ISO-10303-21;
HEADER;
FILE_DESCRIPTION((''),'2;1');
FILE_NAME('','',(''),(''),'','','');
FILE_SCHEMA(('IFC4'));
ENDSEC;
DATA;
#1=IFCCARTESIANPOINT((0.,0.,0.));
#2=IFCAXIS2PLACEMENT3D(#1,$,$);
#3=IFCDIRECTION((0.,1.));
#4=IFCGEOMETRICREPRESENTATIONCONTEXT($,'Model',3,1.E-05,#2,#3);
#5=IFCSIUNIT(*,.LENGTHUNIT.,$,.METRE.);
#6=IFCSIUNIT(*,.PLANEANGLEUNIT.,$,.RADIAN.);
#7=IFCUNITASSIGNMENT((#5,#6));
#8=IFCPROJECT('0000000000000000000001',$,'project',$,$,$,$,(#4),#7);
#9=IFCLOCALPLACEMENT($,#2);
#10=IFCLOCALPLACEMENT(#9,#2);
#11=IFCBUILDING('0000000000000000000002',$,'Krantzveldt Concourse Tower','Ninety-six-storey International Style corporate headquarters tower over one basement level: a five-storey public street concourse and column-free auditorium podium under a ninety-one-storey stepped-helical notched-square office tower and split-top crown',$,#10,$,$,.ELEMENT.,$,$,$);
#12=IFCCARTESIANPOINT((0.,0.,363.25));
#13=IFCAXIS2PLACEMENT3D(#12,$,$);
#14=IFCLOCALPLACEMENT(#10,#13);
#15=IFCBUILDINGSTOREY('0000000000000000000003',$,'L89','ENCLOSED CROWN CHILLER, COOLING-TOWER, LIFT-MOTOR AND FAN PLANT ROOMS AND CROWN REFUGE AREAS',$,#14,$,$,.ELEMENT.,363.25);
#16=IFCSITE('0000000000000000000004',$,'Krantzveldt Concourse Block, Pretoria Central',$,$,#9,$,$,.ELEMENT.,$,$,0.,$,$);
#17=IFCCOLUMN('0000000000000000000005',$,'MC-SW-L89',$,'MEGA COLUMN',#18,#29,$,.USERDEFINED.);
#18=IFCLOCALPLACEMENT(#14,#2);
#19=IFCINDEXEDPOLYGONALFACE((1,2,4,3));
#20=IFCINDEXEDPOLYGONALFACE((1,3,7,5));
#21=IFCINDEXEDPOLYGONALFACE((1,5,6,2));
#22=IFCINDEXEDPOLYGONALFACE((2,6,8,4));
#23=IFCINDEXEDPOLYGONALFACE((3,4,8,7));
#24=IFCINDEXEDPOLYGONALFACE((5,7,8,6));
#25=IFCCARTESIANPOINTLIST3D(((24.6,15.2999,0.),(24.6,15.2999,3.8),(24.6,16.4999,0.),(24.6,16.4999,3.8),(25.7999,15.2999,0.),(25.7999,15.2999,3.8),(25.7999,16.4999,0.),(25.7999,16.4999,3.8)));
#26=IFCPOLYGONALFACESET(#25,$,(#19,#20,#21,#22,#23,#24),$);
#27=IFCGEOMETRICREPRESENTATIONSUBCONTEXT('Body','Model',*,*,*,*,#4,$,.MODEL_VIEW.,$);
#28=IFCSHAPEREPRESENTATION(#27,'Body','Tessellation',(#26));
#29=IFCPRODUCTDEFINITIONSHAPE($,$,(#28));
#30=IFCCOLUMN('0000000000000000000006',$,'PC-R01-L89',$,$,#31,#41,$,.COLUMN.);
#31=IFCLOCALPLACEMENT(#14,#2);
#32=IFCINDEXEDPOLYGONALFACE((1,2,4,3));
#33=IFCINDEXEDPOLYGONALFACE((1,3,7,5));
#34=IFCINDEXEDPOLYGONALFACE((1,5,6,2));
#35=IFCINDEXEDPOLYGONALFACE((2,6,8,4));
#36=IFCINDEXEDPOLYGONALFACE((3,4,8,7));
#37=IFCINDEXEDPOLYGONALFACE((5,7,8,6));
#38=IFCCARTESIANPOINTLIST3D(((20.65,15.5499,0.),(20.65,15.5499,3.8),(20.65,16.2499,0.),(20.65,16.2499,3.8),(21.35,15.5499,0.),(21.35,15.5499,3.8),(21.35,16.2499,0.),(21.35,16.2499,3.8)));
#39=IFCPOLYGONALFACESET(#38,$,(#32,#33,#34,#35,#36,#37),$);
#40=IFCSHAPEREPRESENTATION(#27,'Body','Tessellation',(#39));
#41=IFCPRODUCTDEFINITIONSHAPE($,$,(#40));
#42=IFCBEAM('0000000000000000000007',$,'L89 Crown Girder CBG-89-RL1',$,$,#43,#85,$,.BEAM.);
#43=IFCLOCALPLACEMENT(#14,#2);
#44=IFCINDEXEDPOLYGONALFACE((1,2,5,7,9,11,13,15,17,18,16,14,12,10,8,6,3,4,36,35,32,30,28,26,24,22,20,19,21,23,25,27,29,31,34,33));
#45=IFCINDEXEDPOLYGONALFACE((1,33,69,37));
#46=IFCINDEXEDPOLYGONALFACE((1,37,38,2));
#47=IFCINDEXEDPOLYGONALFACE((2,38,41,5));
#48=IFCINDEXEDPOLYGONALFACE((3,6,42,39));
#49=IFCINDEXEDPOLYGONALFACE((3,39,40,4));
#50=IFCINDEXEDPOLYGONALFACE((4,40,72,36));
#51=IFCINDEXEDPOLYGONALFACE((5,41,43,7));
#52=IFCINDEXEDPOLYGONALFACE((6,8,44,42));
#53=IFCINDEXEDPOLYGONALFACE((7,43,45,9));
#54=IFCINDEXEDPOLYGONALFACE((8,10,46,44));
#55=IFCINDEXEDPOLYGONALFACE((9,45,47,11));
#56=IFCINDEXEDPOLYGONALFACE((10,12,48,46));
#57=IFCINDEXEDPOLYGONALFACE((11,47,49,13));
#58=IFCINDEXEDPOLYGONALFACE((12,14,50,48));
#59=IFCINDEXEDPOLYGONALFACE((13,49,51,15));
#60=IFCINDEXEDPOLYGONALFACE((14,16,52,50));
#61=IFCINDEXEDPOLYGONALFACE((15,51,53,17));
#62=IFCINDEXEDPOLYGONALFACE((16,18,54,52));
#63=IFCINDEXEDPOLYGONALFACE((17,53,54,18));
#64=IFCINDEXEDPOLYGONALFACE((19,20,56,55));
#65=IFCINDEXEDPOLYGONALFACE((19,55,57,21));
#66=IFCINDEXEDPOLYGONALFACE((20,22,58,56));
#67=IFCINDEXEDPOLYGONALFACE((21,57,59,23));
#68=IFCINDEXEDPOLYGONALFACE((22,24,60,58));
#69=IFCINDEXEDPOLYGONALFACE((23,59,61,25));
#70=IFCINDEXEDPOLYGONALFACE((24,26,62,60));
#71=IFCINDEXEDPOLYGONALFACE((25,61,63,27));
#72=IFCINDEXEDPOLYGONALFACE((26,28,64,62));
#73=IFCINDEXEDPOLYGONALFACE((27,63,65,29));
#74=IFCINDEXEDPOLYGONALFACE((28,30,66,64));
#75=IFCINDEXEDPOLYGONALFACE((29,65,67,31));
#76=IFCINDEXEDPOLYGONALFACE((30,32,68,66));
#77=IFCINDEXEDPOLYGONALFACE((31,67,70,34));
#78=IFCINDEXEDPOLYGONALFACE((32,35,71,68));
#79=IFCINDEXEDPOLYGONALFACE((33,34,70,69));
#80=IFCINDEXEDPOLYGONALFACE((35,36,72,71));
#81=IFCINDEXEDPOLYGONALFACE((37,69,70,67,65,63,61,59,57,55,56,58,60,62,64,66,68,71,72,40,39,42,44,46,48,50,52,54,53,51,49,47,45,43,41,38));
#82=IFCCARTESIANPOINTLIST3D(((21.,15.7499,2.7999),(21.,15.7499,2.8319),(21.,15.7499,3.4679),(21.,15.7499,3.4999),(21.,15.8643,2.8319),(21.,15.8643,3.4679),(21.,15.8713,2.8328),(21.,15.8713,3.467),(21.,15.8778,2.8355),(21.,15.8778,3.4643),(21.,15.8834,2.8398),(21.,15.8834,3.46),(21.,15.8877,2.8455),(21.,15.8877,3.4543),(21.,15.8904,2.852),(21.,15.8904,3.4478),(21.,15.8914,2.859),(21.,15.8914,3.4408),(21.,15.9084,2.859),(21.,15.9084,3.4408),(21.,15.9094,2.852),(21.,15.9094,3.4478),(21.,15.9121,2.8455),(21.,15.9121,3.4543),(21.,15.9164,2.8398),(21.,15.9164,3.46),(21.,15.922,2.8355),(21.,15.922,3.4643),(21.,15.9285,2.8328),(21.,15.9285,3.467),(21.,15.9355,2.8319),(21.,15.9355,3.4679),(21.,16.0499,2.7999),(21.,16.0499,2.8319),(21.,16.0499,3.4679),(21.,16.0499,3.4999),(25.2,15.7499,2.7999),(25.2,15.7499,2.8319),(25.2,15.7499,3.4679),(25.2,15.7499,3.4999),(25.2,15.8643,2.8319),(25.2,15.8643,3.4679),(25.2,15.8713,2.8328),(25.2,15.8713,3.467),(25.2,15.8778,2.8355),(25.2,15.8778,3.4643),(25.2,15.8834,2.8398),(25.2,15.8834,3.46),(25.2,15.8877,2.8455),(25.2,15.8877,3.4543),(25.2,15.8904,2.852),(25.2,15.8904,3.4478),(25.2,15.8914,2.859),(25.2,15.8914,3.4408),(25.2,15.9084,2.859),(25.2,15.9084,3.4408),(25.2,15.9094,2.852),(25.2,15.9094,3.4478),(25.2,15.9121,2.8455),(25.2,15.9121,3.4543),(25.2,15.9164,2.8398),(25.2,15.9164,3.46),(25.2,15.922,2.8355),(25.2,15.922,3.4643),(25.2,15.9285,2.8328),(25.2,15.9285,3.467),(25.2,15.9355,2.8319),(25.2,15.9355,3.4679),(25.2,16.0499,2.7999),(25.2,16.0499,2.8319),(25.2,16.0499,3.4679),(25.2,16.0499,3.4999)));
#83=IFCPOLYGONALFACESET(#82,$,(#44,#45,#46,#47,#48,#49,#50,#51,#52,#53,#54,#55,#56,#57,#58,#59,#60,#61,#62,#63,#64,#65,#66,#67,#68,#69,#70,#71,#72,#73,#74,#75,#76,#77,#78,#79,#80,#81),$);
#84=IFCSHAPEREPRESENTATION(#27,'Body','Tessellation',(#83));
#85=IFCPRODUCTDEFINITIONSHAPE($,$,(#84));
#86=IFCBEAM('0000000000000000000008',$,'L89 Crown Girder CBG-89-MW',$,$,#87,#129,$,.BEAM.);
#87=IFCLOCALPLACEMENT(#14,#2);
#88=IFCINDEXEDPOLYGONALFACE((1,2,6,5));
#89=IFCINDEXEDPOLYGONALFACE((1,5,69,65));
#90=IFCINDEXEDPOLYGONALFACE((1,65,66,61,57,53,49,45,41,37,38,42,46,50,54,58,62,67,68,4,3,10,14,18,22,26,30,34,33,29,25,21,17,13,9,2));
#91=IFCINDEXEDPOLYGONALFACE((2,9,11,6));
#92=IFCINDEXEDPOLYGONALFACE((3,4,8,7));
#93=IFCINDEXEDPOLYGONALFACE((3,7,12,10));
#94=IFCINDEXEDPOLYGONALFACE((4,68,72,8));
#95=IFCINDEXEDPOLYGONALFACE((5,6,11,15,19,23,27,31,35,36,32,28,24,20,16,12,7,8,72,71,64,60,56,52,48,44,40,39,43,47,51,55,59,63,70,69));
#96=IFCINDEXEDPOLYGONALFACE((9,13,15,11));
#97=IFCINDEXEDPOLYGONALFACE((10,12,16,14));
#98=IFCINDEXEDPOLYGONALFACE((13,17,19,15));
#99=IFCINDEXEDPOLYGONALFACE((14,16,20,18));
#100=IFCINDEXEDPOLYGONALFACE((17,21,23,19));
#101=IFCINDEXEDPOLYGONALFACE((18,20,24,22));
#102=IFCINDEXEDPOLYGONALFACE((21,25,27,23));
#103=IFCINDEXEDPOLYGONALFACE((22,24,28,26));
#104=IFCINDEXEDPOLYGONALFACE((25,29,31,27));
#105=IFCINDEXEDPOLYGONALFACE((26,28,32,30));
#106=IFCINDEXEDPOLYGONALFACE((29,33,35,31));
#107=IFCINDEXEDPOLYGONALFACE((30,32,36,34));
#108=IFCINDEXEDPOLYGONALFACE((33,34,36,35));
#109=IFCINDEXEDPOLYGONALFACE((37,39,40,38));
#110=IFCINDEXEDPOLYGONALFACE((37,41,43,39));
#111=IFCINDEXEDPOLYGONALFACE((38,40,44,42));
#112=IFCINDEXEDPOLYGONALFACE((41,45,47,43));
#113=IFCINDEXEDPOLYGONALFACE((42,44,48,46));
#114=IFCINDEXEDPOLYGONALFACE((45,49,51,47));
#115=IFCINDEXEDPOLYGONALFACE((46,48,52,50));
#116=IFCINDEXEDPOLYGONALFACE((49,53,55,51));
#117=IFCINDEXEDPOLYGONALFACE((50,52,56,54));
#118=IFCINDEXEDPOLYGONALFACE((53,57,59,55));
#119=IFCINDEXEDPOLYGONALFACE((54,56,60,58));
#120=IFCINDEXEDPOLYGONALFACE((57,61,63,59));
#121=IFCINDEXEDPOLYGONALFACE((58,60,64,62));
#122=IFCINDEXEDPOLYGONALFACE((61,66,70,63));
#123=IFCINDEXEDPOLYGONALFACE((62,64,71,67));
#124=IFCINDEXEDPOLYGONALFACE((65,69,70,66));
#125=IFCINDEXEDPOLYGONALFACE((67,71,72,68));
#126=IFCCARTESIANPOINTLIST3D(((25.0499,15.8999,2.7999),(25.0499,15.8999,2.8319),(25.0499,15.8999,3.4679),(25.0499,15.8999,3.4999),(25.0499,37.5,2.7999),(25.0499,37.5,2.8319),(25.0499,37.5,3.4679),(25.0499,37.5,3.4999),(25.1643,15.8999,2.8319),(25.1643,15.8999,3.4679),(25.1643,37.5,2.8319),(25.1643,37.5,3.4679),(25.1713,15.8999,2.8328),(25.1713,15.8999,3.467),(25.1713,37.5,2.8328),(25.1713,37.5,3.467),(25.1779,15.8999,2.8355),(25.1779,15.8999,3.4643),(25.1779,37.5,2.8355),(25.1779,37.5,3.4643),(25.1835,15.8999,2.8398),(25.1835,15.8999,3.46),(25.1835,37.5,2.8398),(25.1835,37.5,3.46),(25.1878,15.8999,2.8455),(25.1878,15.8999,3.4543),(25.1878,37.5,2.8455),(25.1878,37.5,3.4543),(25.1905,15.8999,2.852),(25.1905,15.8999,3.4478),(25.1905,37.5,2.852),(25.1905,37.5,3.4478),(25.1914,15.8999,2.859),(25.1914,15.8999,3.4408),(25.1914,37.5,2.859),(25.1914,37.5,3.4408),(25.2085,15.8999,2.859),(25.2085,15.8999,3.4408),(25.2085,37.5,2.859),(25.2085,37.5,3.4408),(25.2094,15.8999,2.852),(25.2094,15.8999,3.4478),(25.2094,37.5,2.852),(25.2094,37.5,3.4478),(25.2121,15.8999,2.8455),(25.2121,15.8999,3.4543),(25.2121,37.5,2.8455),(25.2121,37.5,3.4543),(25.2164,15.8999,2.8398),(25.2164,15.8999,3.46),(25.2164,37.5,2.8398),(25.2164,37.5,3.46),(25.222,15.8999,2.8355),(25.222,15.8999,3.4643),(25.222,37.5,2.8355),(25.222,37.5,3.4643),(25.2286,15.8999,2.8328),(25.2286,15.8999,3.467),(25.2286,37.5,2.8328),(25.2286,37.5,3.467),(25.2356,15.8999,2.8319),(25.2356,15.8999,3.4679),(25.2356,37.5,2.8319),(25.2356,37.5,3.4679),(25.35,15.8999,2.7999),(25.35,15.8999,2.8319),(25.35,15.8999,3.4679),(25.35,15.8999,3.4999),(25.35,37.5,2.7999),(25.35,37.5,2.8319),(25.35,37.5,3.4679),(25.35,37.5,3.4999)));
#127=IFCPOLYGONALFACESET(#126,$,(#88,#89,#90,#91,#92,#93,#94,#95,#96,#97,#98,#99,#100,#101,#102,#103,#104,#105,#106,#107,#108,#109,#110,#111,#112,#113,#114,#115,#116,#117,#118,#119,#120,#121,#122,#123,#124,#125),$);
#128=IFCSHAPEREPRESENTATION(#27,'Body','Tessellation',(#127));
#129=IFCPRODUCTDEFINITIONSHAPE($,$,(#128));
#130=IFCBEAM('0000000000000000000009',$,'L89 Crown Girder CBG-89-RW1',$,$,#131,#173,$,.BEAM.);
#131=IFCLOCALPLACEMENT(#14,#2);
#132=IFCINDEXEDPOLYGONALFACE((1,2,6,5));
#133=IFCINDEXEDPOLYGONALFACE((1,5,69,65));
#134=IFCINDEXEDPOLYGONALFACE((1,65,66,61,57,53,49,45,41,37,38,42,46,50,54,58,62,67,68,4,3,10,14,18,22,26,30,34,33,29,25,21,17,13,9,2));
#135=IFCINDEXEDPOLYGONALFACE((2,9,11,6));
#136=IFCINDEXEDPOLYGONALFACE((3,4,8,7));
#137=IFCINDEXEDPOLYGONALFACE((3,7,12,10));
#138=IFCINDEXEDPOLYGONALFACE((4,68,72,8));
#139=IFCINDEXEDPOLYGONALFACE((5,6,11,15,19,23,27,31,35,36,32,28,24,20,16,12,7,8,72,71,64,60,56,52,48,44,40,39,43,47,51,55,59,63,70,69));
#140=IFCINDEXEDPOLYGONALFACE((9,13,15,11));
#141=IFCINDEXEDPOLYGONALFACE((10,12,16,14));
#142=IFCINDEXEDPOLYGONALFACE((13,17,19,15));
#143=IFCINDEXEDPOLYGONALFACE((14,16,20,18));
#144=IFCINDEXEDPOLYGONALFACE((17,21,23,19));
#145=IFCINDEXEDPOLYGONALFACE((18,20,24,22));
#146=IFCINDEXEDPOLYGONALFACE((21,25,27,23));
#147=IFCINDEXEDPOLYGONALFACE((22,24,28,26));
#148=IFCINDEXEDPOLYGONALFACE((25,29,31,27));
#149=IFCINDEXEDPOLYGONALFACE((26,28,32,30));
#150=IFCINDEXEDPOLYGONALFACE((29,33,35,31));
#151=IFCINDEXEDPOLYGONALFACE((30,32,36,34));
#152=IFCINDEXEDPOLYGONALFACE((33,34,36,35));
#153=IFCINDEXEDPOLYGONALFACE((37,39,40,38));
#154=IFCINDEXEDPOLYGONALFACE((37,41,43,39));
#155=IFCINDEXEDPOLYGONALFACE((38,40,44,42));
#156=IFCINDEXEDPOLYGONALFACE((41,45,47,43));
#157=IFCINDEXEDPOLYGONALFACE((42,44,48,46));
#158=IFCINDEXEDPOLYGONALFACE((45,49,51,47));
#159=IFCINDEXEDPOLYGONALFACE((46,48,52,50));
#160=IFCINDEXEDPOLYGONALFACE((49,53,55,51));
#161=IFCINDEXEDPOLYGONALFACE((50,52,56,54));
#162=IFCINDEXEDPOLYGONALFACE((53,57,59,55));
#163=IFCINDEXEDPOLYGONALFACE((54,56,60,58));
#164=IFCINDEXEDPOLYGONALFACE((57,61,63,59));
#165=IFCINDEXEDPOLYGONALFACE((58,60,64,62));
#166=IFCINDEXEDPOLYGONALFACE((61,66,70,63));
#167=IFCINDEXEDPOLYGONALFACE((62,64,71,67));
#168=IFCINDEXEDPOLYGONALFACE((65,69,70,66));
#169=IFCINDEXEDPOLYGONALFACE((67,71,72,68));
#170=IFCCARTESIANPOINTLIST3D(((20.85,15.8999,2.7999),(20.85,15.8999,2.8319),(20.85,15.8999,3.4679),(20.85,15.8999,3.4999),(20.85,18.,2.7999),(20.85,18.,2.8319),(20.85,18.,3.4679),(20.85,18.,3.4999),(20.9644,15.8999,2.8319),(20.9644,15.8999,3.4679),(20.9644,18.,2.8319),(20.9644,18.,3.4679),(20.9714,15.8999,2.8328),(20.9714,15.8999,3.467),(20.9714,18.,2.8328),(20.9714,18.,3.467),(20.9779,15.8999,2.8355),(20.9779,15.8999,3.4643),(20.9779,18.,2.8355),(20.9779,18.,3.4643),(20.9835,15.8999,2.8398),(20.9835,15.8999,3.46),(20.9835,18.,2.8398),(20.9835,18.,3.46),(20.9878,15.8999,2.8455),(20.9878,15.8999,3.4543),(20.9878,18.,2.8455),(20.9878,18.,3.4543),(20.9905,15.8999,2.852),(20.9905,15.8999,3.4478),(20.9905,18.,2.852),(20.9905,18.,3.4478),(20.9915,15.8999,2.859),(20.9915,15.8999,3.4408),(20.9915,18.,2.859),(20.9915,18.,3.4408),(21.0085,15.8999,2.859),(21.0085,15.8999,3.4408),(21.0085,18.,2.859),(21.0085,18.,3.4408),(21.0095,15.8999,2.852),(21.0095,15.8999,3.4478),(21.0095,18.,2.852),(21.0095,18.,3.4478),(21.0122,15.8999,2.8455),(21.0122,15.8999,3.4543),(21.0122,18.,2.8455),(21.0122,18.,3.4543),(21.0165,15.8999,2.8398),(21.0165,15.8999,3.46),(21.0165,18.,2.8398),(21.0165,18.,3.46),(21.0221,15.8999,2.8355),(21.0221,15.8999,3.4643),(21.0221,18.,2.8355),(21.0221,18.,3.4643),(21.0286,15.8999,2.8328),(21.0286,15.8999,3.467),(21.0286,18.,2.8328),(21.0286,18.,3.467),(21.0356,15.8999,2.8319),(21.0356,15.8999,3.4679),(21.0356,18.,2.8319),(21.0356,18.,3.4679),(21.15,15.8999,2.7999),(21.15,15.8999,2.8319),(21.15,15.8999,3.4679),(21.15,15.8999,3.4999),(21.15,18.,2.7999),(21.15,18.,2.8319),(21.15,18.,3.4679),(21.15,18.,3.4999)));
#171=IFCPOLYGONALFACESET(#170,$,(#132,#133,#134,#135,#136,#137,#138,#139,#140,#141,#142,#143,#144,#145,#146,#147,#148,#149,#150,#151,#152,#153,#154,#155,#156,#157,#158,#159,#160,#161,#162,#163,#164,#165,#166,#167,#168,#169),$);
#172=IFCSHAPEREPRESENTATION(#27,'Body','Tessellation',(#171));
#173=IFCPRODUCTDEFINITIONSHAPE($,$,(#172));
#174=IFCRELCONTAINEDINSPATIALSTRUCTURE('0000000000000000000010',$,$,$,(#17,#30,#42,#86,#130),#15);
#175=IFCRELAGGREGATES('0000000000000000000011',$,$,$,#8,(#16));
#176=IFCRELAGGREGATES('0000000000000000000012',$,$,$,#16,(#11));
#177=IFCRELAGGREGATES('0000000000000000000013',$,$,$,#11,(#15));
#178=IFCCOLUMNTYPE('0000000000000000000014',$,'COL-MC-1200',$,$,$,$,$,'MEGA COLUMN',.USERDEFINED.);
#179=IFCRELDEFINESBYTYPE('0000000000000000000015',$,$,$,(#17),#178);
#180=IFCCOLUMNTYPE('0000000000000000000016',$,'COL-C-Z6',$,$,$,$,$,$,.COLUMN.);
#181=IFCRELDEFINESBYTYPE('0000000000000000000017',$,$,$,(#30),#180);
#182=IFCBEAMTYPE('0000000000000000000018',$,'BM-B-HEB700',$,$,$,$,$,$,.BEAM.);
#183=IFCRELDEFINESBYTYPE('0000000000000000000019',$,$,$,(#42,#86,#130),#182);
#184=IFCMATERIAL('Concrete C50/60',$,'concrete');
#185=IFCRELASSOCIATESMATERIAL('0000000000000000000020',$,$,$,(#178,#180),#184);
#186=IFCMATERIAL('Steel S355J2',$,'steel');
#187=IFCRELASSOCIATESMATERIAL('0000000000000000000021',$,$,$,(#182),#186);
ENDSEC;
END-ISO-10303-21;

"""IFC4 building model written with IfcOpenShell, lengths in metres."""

from ifc_helpers import new_model, si_unit, direction, frame, origin, origin_2d, place, context, subcontext, project, spatial, rectangle, i_section, extrude, source, transform, mapped, material, material_profile, profile_set, type_object, type_shapes, element, save


model = new_model("IFC4")

# Units and contexts
model_context = context("Model", 3, precision=1e-05, world=origin(), true_north=direction((0.0, 1.0)))
body_context = subcontext(model_context, "Body", "Model", "MODEL_VIEW")
ifc_project = project(units=[si_unit("LENGTHUNIT", "METRE"), si_unit("PLANEANGLEUNIT", "RADIAN")], contexts=[model_context])

# Site, building, storey
site_placement = place(None, origin())
site = spatial("IfcSite", under=ifc_project, at=site_placement, Name="Krantzveldt Concourse Block, Pretoria Central", CompositionType="ELEMENT", RefElevation=0.0)
building_placement = place(site_placement, origin())
building = spatial("IfcBuilding", under=site, at=building_placement, Name="Krantzveldt Concourse Tower", Description="Ninety-six-storey International Style corporate headquarters tower over one basement level: a five-storey public street concourse and column-free auditorium podium under a ninety-one-storey stepped-helical notched-square office tower and split-top crown", CompositionType="ELEMENT")
storey_placement = place(building_placement, frame((0.0, 0.0, 363.25)))
storey = spatial("IfcBuildingStorey", under=building, at=storey_placement, Name="L89", Description="ENCLOSED CROWN CHILLER, COOLING-TOWER, LIFT-MOTOR AND FAN PLANT ROOMS AND CROWN REFUGE AREAS", CompositionType="ELEMENT", Elevation=363.25)

# Columns
ifc_material_1 = material(Name="Concrete C50/60", Category="concrete")
ifc_material_profile_1 = material_profile(ifc_material_1, rectangle(XDim=1.2, YDim=1.2, at=origin_2d()), Name="Concrete C50/60", Category="concrete")
ifc_profile_set_1 = profile_set([ifc_material_profile_1], Name="Concrete C50/60 - RC 1200x1200")
column_type_1 = type_object("IfcColumnType", Name="COL-MC-1200", ElementType="MEGA COLUMN", PredefinedType="USERDEFINED", material=ifc_profile_set_1)
shared_shape_1 = source(origin(), body_context, "Body", "SweptSolid", [
    extrude(rectangle(XDim=1.2, YDim=1.2, at=origin_2d()), origin(), (0.0, 0.0, 1.0), 3.8),
])
type_shapes(column_type_1, [shared_shape_1])
column_1_placement = place(storey_placement, frame((25.2, 15.8999, 0.0), z_axis=(0.0, 0.0, 1.0), x_axis=(1.0, 0.0, 0.0)))
element("IfcColumn", 1, at=column_1_placement, inside=storey, type_object=column_type_1, Name="MC-SW-L89", ObjectType="MEGA COLUMN", PredefinedType="USERDEFINED", context=body_context, shape_type="MappedRepresentation", body=[
    mapped(shared_shape_1, transform((0.0, 0.0, 0.0), x_axis=(1.0, 0.0, 0.0), y_axis=(0.0, 1.0, 0.0), z_axis=(0.0, 0.0, 1.0), scale=1.0)),
])
ifc_material_profile_2 = material_profile(ifc_material_1, rectangle(XDim=0.7, YDim=0.7, at=origin_2d()), Name="Concrete C50/60", Category="concrete")
ifc_profile_set_2 = profile_set([ifc_material_profile_2], Name="Concrete C50/60 - RC 700x700")
column_type_2 = type_object("IfcColumnType", Name="COL-C-Z6", PredefinedType="COLUMN", material=ifc_profile_set_2)
shared_shape_2 = source(origin(), body_context, "Body", "SweptSolid", [
    extrude(rectangle(XDim=0.7, YDim=0.7, at=origin_2d()), origin(), (0.0, 0.0, 1.0), 3.8),
])
type_shapes(column_type_2, [shared_shape_2])
column_2_placement = place(storey_placement, frame((21.0, 15.8999, 0.0), z_axis=(0.0, 0.0, 1.0), x_axis=(1.0, 0.0, 0.0)))
element("IfcColumn", 2, at=column_2_placement, inside=storey, type_object=column_type_2, Name="PC-R01-L89", PredefinedType="COLUMN", context=body_context, shape_type="MappedRepresentation", body=[
    mapped(shared_shape_2, transform((0.0, 0.0, 0.0), x_axis=(1.0, 0.0, 0.0), y_axis=(0.0, 1.0, 0.0), z_axis=(0.0, 0.0, 1.0), scale=1.0)),
])

# Beams
ifc_material_2 = material(Name="Steel S355J2", Category="steel")
ifc_material_profile_3 = material_profile(ifc_material_2, i_section(OverallWidth=0.3, OverallDepth=0.7, WebThickness=0.0171, FlangeThickness=0.032, FilletRadius=0.0271, at=origin_2d()), Name="Steel S355J2", Category="steel")
ifc_profile_set_3 = profile_set([ifc_material_profile_3], Name="Steel S355J2 - HEB 700")
beam_type = type_object("IfcBeamType", Name="BM-B-HEB700", PredefinedType="BEAM", material=ifc_profile_set_3)
shared_shape_3 = source(origin(), body_context, "Body", "SweptSolid", [
    extrude(i_section(OverallWidth=0.3, OverallDepth=0.7, WebThickness=0.0171, FlangeThickness=0.032, FilletRadius=0.0271, at=origin_2d()), origin(), (0.0, 0.0, 1.0), 4.2),
])
beam_1_placement = place(storey_placement, frame((21.0, 15.8999, 3.1499), z_axis=(1.0, 0.0, 0.0), x_axis=(0.0, 1.0, 0.0)))
element("IfcBeam", 3, at=beam_1_placement, inside=storey, type_object=beam_type, Name="L89 Crown Girder CBG-89-RL1", PredefinedType="BEAM", context=body_context, shape_type="MappedRepresentation", body=[
    mapped(shared_shape_3, transform((0.0, 0.0, 0.0), x_axis=(1.0, 0.0, 0.0), y_axis=(0.0, 1.0, 0.0), z_axis=(0.0, 0.0, 1.0), scale=1.0)),
])
shared_shape_4 = source(origin(), body_context, "Body", "SweptSolid", [
    extrude(i_section(OverallWidth=0.3, OverallDepth=0.7, WebThickness=0.0171, FlangeThickness=0.032, FilletRadius=0.0271, at=origin_2d()), origin(), (0.0, 0.0, 1.0), 21.6001),
])
beam_2_placement = place(storey_placement, frame((25.2, 15.8999, 3.1499), z_axis=(0.0, 1.0, 0.0), x_axis=(-1.0, 0.0, 0.0)))
element("IfcBeam", 4, at=beam_2_placement, inside=storey, type_object=beam_type, Name="L89 Crown Girder CBG-89-MW", PredefinedType="BEAM", context=body_context, shape_type="MappedRepresentation", body=[
    mapped(shared_shape_4, transform((0.0, 0.0, 0.0), x_axis=(1.0, 0.0, 0.0), y_axis=(0.0, 1.0, 0.0), z_axis=(0.0, 0.0, 1.0), scale=1.0)),
])
shared_shape_5 = source(origin(), body_context, "Body", "SweptSolid", [
    extrude(i_section(OverallWidth=0.3, OverallDepth=0.7, WebThickness=0.0171, FlangeThickness=0.032, FilletRadius=0.0271, at=origin_2d()), origin(), (0.0, 0.0, 1.0), 2.1001),
])
type_shapes(beam_type, [shared_shape_3, shared_shape_4, shared_shape_5])
beam_3_placement = place(storey_placement, frame((21.0, 15.8999, 3.1499), z_axis=(0.0, 1.0, 0.0), x_axis=(-1.0, 0.0, 0.0)))
element("IfcBeam", 5, at=beam_3_placement, inside=storey, type_object=beam_type, Name="L89 Crown Girder CBG-89-RW1", PredefinedType="BEAM", context=body_context, shape_type="MappedRepresentation", body=[
    mapped(shared_shape_5, transform((0.0, 0.0, 0.0), x_axis=(1.0, 0.0, 0.0), y_axis=(0.0, 1.0, 0.0), z_axis=(0.0, 0.0, 1.0), scale=1.0)),
])

save(model, "model.ifc")
